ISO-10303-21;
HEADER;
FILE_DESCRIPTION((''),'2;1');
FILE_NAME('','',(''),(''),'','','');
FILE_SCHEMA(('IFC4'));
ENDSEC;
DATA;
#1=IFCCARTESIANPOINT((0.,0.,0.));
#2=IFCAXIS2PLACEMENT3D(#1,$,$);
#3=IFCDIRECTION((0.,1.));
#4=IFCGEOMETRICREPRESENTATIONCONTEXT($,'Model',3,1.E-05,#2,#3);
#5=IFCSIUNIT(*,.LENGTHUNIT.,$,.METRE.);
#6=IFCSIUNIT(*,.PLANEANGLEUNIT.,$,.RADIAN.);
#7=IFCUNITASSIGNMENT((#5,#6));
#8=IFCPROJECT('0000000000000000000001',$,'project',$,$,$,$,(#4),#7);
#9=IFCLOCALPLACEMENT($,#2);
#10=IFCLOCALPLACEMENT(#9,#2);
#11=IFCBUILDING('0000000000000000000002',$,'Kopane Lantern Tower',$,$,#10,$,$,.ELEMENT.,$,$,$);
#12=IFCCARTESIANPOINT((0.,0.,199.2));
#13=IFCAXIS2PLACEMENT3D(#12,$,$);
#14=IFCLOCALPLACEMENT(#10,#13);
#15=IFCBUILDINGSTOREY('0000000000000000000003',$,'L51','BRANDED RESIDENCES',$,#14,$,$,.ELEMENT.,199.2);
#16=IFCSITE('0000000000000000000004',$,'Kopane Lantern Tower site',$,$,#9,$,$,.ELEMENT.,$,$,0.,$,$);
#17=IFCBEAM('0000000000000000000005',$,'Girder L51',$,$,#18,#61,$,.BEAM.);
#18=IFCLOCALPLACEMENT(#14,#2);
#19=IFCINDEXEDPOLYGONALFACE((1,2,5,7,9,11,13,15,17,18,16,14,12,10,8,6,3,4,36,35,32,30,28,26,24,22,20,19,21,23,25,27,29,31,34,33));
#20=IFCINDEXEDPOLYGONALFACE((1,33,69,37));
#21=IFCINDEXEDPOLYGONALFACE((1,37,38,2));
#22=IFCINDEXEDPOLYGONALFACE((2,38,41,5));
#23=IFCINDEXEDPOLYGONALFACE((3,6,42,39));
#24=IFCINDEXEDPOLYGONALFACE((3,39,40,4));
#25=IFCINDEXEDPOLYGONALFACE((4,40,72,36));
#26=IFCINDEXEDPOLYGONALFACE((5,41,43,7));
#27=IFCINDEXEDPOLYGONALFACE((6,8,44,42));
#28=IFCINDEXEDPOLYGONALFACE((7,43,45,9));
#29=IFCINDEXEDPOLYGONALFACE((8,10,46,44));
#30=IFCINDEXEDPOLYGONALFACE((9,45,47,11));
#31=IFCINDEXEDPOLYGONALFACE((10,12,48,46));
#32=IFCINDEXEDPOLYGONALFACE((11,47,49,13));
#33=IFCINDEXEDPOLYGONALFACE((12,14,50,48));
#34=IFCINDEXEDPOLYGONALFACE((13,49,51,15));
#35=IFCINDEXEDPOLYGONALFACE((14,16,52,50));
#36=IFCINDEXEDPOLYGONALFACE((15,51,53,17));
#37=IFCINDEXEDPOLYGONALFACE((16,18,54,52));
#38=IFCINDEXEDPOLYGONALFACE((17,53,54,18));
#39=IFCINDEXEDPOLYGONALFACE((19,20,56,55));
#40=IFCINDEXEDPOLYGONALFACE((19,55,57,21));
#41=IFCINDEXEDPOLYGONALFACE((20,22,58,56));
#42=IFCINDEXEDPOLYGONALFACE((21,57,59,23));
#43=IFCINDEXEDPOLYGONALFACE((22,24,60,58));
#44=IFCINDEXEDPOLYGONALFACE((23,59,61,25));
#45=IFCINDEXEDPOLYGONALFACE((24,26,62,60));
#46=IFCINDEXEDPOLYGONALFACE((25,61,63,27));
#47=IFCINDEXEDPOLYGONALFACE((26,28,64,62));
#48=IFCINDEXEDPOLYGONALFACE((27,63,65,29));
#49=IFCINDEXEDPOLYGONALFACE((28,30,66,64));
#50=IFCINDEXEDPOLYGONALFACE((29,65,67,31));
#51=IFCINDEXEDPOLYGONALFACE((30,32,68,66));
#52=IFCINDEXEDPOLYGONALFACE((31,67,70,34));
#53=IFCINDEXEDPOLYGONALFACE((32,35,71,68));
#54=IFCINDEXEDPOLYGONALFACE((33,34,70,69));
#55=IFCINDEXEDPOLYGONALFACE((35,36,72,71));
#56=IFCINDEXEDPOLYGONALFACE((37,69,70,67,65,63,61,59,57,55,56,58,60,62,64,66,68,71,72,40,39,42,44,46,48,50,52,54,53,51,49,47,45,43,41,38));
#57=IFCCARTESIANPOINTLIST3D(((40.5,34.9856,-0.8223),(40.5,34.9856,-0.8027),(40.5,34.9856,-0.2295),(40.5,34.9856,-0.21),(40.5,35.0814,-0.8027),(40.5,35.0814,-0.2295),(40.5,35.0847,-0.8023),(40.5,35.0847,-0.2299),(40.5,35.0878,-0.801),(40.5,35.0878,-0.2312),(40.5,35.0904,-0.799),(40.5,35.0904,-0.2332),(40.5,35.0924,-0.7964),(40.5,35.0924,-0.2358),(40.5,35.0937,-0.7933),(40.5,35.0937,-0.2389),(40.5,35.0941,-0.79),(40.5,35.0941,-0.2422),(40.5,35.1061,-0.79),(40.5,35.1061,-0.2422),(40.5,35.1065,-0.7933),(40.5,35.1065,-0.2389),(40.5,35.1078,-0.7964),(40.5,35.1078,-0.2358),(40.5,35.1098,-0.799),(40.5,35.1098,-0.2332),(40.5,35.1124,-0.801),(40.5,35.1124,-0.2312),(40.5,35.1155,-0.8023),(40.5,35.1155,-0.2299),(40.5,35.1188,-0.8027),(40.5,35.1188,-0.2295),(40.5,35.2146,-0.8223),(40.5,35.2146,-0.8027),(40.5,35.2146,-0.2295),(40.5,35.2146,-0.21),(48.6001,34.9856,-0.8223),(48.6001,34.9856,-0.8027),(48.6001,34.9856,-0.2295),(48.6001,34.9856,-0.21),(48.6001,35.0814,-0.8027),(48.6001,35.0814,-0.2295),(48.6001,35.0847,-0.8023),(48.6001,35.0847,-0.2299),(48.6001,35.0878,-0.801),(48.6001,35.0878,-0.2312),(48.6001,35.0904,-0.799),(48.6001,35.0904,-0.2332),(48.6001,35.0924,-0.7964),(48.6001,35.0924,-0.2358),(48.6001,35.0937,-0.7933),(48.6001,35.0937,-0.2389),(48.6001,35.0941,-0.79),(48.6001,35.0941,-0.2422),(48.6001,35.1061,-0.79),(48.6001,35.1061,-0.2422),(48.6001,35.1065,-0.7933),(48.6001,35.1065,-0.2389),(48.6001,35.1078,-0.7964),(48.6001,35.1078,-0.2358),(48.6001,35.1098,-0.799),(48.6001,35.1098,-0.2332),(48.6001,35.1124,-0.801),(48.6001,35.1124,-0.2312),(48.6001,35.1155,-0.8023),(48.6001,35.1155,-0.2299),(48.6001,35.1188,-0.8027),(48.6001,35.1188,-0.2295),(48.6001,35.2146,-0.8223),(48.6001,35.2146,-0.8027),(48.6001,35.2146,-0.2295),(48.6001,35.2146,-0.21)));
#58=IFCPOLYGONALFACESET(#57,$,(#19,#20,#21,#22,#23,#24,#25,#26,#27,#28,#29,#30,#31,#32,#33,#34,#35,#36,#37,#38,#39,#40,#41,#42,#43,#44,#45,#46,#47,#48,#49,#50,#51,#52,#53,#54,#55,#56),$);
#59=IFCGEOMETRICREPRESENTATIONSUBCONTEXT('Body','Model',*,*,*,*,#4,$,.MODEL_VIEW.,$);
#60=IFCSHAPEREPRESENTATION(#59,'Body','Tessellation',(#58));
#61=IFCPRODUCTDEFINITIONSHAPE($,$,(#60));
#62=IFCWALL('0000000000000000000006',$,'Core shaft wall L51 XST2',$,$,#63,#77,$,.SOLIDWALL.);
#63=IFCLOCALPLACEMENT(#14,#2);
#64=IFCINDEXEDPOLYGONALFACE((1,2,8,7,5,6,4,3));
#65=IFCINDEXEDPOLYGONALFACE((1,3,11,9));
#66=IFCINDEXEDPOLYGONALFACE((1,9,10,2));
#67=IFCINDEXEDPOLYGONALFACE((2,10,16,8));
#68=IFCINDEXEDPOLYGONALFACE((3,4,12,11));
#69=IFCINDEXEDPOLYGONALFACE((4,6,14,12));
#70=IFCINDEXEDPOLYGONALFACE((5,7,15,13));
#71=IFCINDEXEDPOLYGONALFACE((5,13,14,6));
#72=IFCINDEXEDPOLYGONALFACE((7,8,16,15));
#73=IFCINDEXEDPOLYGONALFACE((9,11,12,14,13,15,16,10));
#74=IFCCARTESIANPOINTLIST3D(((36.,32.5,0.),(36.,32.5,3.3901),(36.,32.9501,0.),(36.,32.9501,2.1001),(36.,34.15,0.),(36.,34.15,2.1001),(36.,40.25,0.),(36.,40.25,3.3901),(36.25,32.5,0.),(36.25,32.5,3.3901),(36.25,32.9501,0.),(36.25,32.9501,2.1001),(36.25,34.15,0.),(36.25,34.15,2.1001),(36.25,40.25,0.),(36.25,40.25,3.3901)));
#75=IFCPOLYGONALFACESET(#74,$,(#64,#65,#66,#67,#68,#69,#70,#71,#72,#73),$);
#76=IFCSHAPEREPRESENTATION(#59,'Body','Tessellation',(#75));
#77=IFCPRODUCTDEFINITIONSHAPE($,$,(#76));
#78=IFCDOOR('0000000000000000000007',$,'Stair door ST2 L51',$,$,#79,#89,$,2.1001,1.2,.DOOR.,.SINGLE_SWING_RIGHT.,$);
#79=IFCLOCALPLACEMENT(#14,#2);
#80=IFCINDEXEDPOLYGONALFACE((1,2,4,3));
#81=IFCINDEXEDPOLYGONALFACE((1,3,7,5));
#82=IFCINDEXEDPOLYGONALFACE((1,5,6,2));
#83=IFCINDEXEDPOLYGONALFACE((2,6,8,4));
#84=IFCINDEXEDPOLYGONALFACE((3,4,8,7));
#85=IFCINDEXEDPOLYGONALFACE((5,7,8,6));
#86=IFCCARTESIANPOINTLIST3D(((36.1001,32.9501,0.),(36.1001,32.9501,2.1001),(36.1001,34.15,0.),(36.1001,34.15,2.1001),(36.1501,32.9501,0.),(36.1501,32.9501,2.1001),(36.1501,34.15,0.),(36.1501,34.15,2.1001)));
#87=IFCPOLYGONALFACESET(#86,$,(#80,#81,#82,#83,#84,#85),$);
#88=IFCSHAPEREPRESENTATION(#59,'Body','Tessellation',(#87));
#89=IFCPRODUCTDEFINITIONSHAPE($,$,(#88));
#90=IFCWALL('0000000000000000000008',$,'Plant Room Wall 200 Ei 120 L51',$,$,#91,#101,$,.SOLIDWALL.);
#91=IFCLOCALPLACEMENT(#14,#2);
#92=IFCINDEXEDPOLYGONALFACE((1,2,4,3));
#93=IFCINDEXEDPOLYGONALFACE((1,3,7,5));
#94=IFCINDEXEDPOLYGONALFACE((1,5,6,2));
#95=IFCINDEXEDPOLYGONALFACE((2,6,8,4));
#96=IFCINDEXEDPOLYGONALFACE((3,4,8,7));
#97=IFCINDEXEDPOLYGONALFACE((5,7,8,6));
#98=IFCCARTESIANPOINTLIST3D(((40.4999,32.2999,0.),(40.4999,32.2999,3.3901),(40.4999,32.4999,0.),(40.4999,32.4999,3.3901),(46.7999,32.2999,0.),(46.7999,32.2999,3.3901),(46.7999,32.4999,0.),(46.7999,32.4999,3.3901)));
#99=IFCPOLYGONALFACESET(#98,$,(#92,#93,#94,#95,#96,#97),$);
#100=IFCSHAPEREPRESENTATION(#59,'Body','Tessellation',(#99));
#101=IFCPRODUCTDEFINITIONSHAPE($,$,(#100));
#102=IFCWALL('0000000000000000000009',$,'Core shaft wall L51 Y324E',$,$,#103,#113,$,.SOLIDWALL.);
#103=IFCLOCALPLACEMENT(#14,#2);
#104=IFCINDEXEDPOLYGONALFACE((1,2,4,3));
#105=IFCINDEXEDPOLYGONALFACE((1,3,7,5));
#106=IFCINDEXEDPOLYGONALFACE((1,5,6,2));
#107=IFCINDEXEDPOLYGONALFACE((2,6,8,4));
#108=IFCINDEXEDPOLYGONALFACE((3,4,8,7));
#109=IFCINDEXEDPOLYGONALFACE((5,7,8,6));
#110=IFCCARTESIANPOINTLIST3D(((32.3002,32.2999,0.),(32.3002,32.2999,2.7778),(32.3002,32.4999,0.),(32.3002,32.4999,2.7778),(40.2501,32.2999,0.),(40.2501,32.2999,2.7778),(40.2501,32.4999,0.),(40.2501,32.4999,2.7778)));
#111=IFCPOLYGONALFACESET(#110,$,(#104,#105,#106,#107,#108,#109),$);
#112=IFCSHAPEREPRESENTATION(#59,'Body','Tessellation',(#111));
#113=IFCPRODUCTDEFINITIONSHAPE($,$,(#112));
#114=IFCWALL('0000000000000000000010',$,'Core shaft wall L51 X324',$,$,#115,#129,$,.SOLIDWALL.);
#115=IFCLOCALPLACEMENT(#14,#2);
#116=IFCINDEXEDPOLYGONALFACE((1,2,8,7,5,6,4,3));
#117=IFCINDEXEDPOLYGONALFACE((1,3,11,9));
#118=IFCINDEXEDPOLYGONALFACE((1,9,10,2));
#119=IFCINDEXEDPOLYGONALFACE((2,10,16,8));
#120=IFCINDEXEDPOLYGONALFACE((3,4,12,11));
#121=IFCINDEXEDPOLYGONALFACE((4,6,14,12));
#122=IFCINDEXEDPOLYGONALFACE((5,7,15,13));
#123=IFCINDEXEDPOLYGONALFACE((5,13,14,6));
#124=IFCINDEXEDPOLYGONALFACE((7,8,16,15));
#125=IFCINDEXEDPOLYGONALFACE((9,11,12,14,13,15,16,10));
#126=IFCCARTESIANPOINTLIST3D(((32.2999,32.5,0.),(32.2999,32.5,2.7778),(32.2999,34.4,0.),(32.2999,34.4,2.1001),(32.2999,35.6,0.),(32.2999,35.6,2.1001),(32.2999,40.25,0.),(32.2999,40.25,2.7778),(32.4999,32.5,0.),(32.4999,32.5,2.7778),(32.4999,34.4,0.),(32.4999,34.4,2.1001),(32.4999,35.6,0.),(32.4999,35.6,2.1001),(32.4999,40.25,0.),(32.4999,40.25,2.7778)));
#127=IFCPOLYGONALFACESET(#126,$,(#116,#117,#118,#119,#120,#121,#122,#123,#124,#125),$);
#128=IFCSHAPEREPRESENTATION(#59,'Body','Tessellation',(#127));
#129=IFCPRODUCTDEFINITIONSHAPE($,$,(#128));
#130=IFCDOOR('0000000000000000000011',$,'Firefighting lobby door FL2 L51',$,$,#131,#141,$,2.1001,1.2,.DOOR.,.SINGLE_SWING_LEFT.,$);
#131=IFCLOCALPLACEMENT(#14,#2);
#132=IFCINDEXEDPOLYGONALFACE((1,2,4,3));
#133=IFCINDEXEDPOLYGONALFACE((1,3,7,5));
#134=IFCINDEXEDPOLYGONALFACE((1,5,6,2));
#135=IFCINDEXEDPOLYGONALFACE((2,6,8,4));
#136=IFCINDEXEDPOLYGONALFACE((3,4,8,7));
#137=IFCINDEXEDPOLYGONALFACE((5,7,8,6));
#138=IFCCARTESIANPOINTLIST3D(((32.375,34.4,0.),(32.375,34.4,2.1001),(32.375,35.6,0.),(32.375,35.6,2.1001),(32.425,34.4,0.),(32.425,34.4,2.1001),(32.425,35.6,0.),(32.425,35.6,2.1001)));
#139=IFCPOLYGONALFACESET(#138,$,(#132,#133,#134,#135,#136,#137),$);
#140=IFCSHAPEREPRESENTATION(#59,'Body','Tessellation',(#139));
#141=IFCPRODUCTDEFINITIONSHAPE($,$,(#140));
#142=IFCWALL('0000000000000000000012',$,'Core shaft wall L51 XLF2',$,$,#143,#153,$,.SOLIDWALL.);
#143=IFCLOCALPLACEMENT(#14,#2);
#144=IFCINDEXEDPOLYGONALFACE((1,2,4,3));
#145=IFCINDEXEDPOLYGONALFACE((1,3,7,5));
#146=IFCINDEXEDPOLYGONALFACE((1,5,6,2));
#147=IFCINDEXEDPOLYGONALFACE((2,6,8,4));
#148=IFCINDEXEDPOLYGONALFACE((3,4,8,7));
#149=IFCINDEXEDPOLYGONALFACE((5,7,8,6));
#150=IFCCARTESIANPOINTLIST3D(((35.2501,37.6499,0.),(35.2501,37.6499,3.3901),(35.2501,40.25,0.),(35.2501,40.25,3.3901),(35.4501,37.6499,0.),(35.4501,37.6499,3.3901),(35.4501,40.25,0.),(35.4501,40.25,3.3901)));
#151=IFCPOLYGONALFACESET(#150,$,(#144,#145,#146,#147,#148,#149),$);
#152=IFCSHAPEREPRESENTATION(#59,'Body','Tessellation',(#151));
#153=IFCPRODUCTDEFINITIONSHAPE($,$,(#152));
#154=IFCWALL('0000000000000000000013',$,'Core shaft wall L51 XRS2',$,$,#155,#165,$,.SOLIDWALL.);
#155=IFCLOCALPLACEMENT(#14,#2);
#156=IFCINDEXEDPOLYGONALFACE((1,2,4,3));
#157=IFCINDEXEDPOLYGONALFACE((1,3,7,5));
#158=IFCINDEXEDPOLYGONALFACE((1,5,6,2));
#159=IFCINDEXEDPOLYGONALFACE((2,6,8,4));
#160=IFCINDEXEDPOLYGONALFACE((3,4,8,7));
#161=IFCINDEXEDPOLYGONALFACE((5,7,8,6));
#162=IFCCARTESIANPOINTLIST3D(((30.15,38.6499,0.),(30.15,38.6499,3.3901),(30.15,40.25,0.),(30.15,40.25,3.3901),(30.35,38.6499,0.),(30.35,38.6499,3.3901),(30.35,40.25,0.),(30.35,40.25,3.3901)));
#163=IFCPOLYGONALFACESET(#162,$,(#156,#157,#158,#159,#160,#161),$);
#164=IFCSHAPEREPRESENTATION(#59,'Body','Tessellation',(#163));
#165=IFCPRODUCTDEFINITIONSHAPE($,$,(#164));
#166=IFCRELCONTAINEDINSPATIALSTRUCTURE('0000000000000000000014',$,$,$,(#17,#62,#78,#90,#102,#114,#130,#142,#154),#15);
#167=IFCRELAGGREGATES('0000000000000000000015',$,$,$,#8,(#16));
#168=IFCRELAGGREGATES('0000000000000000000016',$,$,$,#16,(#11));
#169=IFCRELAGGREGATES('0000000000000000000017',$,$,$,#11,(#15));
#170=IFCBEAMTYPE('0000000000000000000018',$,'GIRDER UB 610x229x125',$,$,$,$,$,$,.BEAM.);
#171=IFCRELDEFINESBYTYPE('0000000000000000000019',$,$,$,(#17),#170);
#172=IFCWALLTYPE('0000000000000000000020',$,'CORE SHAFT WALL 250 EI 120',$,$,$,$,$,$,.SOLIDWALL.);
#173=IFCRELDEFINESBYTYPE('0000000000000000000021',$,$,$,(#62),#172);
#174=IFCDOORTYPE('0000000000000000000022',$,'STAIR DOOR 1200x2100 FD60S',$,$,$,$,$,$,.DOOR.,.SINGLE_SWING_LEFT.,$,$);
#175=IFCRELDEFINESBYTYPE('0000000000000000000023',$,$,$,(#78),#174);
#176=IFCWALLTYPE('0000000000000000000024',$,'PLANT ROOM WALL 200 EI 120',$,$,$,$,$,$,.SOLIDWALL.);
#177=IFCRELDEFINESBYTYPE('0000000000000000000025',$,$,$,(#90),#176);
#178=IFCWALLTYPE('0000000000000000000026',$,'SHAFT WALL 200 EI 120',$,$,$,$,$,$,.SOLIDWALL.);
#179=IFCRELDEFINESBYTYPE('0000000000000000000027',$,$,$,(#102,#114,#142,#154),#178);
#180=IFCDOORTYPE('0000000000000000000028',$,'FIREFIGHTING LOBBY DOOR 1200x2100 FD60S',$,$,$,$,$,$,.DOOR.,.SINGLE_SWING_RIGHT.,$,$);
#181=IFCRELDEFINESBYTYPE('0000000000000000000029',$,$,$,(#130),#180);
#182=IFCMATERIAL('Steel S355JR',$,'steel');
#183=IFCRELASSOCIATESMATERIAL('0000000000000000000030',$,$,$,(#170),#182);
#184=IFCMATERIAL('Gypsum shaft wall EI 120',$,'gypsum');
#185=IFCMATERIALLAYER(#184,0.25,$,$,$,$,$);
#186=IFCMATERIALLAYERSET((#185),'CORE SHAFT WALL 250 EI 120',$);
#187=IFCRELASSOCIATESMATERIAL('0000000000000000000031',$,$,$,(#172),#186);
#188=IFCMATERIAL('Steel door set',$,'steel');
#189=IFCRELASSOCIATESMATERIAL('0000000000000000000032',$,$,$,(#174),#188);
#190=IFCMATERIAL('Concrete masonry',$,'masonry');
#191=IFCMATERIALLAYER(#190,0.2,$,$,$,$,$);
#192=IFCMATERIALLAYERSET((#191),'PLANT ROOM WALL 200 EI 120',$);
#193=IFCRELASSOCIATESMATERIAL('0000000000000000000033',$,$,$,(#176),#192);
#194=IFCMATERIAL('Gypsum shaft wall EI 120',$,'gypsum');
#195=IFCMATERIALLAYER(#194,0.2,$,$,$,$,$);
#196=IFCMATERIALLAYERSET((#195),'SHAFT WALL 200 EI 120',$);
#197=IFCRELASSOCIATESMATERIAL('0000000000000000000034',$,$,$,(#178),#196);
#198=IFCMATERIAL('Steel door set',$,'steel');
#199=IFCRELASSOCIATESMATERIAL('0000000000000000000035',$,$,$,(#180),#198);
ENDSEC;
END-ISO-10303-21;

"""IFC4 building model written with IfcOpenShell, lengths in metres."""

from ifc_helpers import new_model, si_unit, direction, frame, frame_2d, origin, origin_2d, place, context, subcontext, project, spatial, rectangle, i_section, extrude, material, layer, layer_set, material_profile, profile_set, type_object, element, fill, save


model = new_model("IFC4")

# Units and contexts
model_context = context("Model", 3, precision=1e-05, world=origin(), true_north=direction((0.0, 1.0)))
body_context = subcontext(model_context, "Body", "Model", "MODEL_VIEW")
ifc_project = project(units=[si_unit("LENGTHUNIT", "METRE"), si_unit("PLANEANGLEUNIT", "RADIAN")], contexts=[model_context])

# Site, building, storey
site_placement = place(None, origin())
site = spatial("IfcSite", under=ifc_project, at=site_placement, Name="Kopane Lantern Tower site", CompositionType="ELEMENT", RefElevation=0.0)
building_placement = place(site_placement, origin())
building = spatial("IfcBuilding", under=site, at=building_placement, Name="Kopane Lantern Tower", CompositionType="ELEMENT")
storey_placement = place(building_placement, frame((0.0, 0.0, 199.2)))
storey = spatial("IfcBuildingStorey", under=building, at=storey_placement, Name="L51", Description="BRANDED RESIDENCES", CompositionType="ELEMENT", Elevation=199.2)

# Beam
ifc_material_1 = material(Name="Steel S355JR", Category="steel")
ifc_material_profile_1 = material_profile(ifc_material_1, i_section(OverallWidth=0.229, OverallDepth=0.6123, WebThickness=0.012, FlangeThickness=0.0195, FilletRadius=0.0127, at=origin_2d()), Name="UB 610x229x125")
ifc_profile_set_1 = profile_set([ifc_material_profile_1], Name="Steel S355JR")
beam_type_1 = type_object("IfcBeamType", Name="GIRDER UB 610x229x125", PredefinedType="BEAM", material=ifc_profile_set_1)
for number, where, z_axis, x_axis, name in (
    (1, (40.5, 35.1001, -0.5161), (1.0, 0.0, 0.0), (0.0, 1.0, 0.0), "Girder L51"),
):
    element("IfcBeam", number, at=place(storey_placement, frame(where, z_axis=z_axis, x_axis=x_axis)), inside=storey, type_object=beam_type_1, Name=name, PredefinedType="BEAM", context=body_context, shape_type="SweptSolid", body=[
        extrude(i_section(OverallWidth=0.229, OverallDepth=0.6123, WebThickness=0.012, FlangeThickness=0.0195, FilletRadius=0.0127, at=origin_2d()), origin(), (0.0, 0.0, 1.0), 8.1001),
    ])

# Wall, opening, door
ifc_material_2 = material(Name="Gypsum shaft wall EI 120", Category="gypsum")
ifc_layer_1 = layer(ifc_material_2, 0.25)
ifc_layer_set_1 = layer_set([ifc_layer_1], Name="CORE SHAFT WALL 250 EI 120")
wall_type_1 = type_object("IfcWallType", Name="CORE SHAFT WALL 250 EI 120", PredefinedType="SOLIDWALL", material=ifc_layer_set_1)
wall_1_placement = place(storey_placement, frame((36.125, 32.5, 0.0), z_axis=(0.0, 0.0, 1.0), x_axis=(0.0, 1.0, 0.0)))
wall_1 = element("IfcWall", 2, at=wall_1_placement, inside=storey, type_object=wall_type_1, Name="Core shaft wall L51 XST2", PredefinedType="SOLIDWALL", context=body_context, shape_type="SweptSolid", body=[
    extrude(rectangle(XDim=7.75, YDim=0.25, at=frame_2d((3.875, 0.0))), origin(), (0.0, 0.0, 1.0), 3.3901),
])
opening_1_placement = place(wall_1_placement, frame((0.45, 0.0, 0.0)))
opening_1 = element("IfcOpeningElement", 3, at=opening_1_placement, cuts=wall_1, PredefinedType="OPENING", context=body_context, shape_type="SweptSolid", body=[
    extrude(rectangle(XDim=1.2, YDim=2.1001, at=frame_2d((0.6001, 1.05))), frame((0.0, 0.135, 0.0), z_axis=(0.0, -1.0, 0.0), x_axis=(1.0, 0.0, 0.0)), (0.0, 0.0, 1.0), 0.27),
])
ifc_material_3 = material(Name="Steel door set", Category="steel")
door_type_1 = type_object("IfcDoorType", Name="STAIR DOOR 1200x2100 FD60S", OperationType="SINGLE_SWING_LEFT", PredefinedType="DOOR", material=ifc_material_3)
door_1_placement = place(opening_1_placement, origin())
door_1 = element("IfcDoor", 4, at=door_1_placement, inside=storey, type_object=door_type_1, Name="Stair door ST2 L51", OperationType="SINGLE_SWING_RIGHT", OverallHeight=2.1001, OverallWidth=1.2, PredefinedType="DOOR", context=body_context, shape_type="SweptSolid", body=[
    extrude(rectangle(XDim=1.2, YDim=2.1001, at=frame_2d((0.6001, 1.05))), frame((0.0, 0.0249, 0.0), z_axis=(0.0, -1.0, 0.0), x_axis=(1.0, 0.0, 0.0)), (0.0, 0.0, 1.0), 0.05),
])
fill(opening_1, door_1)

# Walls
ifc_material_4 = material(Name="Concrete masonry", Category="masonry")
ifc_layer_2 = layer(ifc_material_4, 0.2)
ifc_layer_set_2 = layer_set([ifc_layer_2], Name="PLANT ROOM WALL 200 EI 120")
wall_type_2 = type_object("IfcWallType", Name="PLANT ROOM WALL 200 EI 120", PredefinedType="SOLIDWALL", material=ifc_layer_set_2)
wall_2_placement = place(storey_placement, frame((40.5, 32.3999, 0.0), z_axis=(0.0, 0.0, 1.0), x_axis=(1.0, 0.0, 0.0)))
element("IfcWall", 5, at=wall_2_placement, inside=storey, type_object=wall_type_2, Name="Plant Room Wall 200 Ei 120 L51", PredefinedType="SOLIDWALL", context=body_context, shape_type="SweptSolid", body=[
    extrude(rectangle(XDim=6.3, YDim=0.2, at=frame_2d((3.1499, 0.0))), origin(), (0.0, 0.0, 1.0), 3.3901),
])
ifc_material_5 = material(Name="Gypsum shaft wall EI 120", Category="gypsum")
ifc_layer_3 = layer(ifc_material_5, 0.2)
ifc_layer_set_3 = layer_set([ifc_layer_3], Name="SHAFT WALL 200 EI 120")
wall_type_3 = type_object("IfcWallType", Name="SHAFT WALL 200 EI 120", PredefinedType="SOLIDWALL", material=ifc_layer_set_3)
wall_3_placement = place(storey_placement, frame((32.3, 32.3999, 0.0), z_axis=(0.0, 0.0, 1.0), x_axis=(1.0, 0.0, 0.0)))
element("IfcWall", 6, at=wall_3_placement, inside=storey, type_object=wall_type_3, Name="Core shaft wall L51 Y324E", PredefinedType="SOLIDWALL", context=body_context, shape_type="SweptSolid", body=[
    extrude(rectangle(XDim=7.95, YDim=0.2, at=frame_2d((3.9751, 0.0))), origin(), (0.0, 0.0, 1.0), 2.7778),
])

# Wall, opening, door
wall_4_placement = place(storey_placement, frame((32.3999, 32.5, 0.0), z_axis=(0.0, 0.0, 1.0), x_axis=(0.0, 1.0, 0.0)))
wall_4 = element("IfcWall", 7, at=wall_4_placement, inside=storey, type_object=wall_type_3, Name="Core shaft wall L51 X324", PredefinedType="SOLIDWALL", context=body_context, shape_type="SweptSolid", body=[
    extrude(rectangle(XDim=7.75, YDim=0.2, at=frame_2d((3.875, 0.0))), origin(), (0.0, 0.0, 1.0), 2.7778),
])
opening_2_placement = place(wall_4_placement, frame((1.8999, 0.0, 0.0)))
opening_2 = element("IfcOpeningElement", 8, at=opening_2_placement, cuts=wall_4, PredefinedType="OPENING", context=body_context, shape_type="SweptSolid", body=[
    extrude(rectangle(XDim=1.2, YDim=2.1001, at=frame_2d((0.6001, 1.05))), frame((0.0, 0.1099, 0.0), z_axis=(0.0, -1.0, 0.0), x_axis=(1.0, 0.0, 0.0)), (0.0, 0.0, 1.0), 0.22),
])
ifc_material_6 = material(Name="Steel door set", Category="steel")
door_type_2 = type_object("IfcDoorType", Name="FIREFIGHTING LOBBY DOOR 1200x2100 FD60S", OperationType="SINGLE_SWING_RIGHT", PredefinedType="DOOR", material=ifc_material_6)
door_2_placement = place(opening_2_placement, origin())
door_2 = element("IfcDoor", 9, at=door_2_placement, inside=storey, type_object=door_type_2, Name="Firefighting lobby door FL2 L51", OperationType="SINGLE_SWING_LEFT", OverallHeight=2.1001, OverallWidth=1.2, PredefinedType="DOOR", context=body_context, shape_type="SweptSolid", body=[
    extrude(rectangle(XDim=1.2, YDim=2.1001, at=frame_2d((0.6001, 1.05))), frame((0.0, 0.0249, 0.0), z_axis=(0.0, -1.0, 0.0), x_axis=(1.0, 0.0, 0.0)), (0.0, 0.0, 1.0), 0.05),
])
fill(opening_2, door_2)

# Walls
wall_5_placement = place(storey_placement, frame((35.3501, 37.6499, 0.0), z_axis=(0.0, 0.0, 1.0), x_axis=(0.0, 1.0, 0.0)))
element("IfcWall", 10, at=wall_5_placement, inside=storey, type_object=wall_type_3, Name="Core shaft wall L51 XLF2", PredefinedType="SOLIDWALL", context=body_context, shape_type="SweptSolid", body=[
    extrude(rectangle(XDim=2.6001, YDim=0.2, at=frame_2d((1.3, 0.0))), origin(), (0.0, 0.0, 1.0), 3.3901),
])
wall_6_placement = place(storey_placement, frame((30.25, 38.6499, 0.0), z_axis=(0.0, 0.0, 1.0), x_axis=(0.0, 1.0, 0.0)))
element("IfcWall", 11, at=wall_6_placement, inside=storey, type_object=wall_type_3, Name="Core shaft wall L51 XRS2", PredefinedType="SOLIDWALL", context=body_context, shape_type="SweptSolid", body=[
    extrude(rectangle(XDim=1.6001, YDim=0.2, at=frame_2d((0.8, 0.0))), origin(), (0.0, 0.0, 1.0), 3.3901),
])

save(model, "model.ifc")
